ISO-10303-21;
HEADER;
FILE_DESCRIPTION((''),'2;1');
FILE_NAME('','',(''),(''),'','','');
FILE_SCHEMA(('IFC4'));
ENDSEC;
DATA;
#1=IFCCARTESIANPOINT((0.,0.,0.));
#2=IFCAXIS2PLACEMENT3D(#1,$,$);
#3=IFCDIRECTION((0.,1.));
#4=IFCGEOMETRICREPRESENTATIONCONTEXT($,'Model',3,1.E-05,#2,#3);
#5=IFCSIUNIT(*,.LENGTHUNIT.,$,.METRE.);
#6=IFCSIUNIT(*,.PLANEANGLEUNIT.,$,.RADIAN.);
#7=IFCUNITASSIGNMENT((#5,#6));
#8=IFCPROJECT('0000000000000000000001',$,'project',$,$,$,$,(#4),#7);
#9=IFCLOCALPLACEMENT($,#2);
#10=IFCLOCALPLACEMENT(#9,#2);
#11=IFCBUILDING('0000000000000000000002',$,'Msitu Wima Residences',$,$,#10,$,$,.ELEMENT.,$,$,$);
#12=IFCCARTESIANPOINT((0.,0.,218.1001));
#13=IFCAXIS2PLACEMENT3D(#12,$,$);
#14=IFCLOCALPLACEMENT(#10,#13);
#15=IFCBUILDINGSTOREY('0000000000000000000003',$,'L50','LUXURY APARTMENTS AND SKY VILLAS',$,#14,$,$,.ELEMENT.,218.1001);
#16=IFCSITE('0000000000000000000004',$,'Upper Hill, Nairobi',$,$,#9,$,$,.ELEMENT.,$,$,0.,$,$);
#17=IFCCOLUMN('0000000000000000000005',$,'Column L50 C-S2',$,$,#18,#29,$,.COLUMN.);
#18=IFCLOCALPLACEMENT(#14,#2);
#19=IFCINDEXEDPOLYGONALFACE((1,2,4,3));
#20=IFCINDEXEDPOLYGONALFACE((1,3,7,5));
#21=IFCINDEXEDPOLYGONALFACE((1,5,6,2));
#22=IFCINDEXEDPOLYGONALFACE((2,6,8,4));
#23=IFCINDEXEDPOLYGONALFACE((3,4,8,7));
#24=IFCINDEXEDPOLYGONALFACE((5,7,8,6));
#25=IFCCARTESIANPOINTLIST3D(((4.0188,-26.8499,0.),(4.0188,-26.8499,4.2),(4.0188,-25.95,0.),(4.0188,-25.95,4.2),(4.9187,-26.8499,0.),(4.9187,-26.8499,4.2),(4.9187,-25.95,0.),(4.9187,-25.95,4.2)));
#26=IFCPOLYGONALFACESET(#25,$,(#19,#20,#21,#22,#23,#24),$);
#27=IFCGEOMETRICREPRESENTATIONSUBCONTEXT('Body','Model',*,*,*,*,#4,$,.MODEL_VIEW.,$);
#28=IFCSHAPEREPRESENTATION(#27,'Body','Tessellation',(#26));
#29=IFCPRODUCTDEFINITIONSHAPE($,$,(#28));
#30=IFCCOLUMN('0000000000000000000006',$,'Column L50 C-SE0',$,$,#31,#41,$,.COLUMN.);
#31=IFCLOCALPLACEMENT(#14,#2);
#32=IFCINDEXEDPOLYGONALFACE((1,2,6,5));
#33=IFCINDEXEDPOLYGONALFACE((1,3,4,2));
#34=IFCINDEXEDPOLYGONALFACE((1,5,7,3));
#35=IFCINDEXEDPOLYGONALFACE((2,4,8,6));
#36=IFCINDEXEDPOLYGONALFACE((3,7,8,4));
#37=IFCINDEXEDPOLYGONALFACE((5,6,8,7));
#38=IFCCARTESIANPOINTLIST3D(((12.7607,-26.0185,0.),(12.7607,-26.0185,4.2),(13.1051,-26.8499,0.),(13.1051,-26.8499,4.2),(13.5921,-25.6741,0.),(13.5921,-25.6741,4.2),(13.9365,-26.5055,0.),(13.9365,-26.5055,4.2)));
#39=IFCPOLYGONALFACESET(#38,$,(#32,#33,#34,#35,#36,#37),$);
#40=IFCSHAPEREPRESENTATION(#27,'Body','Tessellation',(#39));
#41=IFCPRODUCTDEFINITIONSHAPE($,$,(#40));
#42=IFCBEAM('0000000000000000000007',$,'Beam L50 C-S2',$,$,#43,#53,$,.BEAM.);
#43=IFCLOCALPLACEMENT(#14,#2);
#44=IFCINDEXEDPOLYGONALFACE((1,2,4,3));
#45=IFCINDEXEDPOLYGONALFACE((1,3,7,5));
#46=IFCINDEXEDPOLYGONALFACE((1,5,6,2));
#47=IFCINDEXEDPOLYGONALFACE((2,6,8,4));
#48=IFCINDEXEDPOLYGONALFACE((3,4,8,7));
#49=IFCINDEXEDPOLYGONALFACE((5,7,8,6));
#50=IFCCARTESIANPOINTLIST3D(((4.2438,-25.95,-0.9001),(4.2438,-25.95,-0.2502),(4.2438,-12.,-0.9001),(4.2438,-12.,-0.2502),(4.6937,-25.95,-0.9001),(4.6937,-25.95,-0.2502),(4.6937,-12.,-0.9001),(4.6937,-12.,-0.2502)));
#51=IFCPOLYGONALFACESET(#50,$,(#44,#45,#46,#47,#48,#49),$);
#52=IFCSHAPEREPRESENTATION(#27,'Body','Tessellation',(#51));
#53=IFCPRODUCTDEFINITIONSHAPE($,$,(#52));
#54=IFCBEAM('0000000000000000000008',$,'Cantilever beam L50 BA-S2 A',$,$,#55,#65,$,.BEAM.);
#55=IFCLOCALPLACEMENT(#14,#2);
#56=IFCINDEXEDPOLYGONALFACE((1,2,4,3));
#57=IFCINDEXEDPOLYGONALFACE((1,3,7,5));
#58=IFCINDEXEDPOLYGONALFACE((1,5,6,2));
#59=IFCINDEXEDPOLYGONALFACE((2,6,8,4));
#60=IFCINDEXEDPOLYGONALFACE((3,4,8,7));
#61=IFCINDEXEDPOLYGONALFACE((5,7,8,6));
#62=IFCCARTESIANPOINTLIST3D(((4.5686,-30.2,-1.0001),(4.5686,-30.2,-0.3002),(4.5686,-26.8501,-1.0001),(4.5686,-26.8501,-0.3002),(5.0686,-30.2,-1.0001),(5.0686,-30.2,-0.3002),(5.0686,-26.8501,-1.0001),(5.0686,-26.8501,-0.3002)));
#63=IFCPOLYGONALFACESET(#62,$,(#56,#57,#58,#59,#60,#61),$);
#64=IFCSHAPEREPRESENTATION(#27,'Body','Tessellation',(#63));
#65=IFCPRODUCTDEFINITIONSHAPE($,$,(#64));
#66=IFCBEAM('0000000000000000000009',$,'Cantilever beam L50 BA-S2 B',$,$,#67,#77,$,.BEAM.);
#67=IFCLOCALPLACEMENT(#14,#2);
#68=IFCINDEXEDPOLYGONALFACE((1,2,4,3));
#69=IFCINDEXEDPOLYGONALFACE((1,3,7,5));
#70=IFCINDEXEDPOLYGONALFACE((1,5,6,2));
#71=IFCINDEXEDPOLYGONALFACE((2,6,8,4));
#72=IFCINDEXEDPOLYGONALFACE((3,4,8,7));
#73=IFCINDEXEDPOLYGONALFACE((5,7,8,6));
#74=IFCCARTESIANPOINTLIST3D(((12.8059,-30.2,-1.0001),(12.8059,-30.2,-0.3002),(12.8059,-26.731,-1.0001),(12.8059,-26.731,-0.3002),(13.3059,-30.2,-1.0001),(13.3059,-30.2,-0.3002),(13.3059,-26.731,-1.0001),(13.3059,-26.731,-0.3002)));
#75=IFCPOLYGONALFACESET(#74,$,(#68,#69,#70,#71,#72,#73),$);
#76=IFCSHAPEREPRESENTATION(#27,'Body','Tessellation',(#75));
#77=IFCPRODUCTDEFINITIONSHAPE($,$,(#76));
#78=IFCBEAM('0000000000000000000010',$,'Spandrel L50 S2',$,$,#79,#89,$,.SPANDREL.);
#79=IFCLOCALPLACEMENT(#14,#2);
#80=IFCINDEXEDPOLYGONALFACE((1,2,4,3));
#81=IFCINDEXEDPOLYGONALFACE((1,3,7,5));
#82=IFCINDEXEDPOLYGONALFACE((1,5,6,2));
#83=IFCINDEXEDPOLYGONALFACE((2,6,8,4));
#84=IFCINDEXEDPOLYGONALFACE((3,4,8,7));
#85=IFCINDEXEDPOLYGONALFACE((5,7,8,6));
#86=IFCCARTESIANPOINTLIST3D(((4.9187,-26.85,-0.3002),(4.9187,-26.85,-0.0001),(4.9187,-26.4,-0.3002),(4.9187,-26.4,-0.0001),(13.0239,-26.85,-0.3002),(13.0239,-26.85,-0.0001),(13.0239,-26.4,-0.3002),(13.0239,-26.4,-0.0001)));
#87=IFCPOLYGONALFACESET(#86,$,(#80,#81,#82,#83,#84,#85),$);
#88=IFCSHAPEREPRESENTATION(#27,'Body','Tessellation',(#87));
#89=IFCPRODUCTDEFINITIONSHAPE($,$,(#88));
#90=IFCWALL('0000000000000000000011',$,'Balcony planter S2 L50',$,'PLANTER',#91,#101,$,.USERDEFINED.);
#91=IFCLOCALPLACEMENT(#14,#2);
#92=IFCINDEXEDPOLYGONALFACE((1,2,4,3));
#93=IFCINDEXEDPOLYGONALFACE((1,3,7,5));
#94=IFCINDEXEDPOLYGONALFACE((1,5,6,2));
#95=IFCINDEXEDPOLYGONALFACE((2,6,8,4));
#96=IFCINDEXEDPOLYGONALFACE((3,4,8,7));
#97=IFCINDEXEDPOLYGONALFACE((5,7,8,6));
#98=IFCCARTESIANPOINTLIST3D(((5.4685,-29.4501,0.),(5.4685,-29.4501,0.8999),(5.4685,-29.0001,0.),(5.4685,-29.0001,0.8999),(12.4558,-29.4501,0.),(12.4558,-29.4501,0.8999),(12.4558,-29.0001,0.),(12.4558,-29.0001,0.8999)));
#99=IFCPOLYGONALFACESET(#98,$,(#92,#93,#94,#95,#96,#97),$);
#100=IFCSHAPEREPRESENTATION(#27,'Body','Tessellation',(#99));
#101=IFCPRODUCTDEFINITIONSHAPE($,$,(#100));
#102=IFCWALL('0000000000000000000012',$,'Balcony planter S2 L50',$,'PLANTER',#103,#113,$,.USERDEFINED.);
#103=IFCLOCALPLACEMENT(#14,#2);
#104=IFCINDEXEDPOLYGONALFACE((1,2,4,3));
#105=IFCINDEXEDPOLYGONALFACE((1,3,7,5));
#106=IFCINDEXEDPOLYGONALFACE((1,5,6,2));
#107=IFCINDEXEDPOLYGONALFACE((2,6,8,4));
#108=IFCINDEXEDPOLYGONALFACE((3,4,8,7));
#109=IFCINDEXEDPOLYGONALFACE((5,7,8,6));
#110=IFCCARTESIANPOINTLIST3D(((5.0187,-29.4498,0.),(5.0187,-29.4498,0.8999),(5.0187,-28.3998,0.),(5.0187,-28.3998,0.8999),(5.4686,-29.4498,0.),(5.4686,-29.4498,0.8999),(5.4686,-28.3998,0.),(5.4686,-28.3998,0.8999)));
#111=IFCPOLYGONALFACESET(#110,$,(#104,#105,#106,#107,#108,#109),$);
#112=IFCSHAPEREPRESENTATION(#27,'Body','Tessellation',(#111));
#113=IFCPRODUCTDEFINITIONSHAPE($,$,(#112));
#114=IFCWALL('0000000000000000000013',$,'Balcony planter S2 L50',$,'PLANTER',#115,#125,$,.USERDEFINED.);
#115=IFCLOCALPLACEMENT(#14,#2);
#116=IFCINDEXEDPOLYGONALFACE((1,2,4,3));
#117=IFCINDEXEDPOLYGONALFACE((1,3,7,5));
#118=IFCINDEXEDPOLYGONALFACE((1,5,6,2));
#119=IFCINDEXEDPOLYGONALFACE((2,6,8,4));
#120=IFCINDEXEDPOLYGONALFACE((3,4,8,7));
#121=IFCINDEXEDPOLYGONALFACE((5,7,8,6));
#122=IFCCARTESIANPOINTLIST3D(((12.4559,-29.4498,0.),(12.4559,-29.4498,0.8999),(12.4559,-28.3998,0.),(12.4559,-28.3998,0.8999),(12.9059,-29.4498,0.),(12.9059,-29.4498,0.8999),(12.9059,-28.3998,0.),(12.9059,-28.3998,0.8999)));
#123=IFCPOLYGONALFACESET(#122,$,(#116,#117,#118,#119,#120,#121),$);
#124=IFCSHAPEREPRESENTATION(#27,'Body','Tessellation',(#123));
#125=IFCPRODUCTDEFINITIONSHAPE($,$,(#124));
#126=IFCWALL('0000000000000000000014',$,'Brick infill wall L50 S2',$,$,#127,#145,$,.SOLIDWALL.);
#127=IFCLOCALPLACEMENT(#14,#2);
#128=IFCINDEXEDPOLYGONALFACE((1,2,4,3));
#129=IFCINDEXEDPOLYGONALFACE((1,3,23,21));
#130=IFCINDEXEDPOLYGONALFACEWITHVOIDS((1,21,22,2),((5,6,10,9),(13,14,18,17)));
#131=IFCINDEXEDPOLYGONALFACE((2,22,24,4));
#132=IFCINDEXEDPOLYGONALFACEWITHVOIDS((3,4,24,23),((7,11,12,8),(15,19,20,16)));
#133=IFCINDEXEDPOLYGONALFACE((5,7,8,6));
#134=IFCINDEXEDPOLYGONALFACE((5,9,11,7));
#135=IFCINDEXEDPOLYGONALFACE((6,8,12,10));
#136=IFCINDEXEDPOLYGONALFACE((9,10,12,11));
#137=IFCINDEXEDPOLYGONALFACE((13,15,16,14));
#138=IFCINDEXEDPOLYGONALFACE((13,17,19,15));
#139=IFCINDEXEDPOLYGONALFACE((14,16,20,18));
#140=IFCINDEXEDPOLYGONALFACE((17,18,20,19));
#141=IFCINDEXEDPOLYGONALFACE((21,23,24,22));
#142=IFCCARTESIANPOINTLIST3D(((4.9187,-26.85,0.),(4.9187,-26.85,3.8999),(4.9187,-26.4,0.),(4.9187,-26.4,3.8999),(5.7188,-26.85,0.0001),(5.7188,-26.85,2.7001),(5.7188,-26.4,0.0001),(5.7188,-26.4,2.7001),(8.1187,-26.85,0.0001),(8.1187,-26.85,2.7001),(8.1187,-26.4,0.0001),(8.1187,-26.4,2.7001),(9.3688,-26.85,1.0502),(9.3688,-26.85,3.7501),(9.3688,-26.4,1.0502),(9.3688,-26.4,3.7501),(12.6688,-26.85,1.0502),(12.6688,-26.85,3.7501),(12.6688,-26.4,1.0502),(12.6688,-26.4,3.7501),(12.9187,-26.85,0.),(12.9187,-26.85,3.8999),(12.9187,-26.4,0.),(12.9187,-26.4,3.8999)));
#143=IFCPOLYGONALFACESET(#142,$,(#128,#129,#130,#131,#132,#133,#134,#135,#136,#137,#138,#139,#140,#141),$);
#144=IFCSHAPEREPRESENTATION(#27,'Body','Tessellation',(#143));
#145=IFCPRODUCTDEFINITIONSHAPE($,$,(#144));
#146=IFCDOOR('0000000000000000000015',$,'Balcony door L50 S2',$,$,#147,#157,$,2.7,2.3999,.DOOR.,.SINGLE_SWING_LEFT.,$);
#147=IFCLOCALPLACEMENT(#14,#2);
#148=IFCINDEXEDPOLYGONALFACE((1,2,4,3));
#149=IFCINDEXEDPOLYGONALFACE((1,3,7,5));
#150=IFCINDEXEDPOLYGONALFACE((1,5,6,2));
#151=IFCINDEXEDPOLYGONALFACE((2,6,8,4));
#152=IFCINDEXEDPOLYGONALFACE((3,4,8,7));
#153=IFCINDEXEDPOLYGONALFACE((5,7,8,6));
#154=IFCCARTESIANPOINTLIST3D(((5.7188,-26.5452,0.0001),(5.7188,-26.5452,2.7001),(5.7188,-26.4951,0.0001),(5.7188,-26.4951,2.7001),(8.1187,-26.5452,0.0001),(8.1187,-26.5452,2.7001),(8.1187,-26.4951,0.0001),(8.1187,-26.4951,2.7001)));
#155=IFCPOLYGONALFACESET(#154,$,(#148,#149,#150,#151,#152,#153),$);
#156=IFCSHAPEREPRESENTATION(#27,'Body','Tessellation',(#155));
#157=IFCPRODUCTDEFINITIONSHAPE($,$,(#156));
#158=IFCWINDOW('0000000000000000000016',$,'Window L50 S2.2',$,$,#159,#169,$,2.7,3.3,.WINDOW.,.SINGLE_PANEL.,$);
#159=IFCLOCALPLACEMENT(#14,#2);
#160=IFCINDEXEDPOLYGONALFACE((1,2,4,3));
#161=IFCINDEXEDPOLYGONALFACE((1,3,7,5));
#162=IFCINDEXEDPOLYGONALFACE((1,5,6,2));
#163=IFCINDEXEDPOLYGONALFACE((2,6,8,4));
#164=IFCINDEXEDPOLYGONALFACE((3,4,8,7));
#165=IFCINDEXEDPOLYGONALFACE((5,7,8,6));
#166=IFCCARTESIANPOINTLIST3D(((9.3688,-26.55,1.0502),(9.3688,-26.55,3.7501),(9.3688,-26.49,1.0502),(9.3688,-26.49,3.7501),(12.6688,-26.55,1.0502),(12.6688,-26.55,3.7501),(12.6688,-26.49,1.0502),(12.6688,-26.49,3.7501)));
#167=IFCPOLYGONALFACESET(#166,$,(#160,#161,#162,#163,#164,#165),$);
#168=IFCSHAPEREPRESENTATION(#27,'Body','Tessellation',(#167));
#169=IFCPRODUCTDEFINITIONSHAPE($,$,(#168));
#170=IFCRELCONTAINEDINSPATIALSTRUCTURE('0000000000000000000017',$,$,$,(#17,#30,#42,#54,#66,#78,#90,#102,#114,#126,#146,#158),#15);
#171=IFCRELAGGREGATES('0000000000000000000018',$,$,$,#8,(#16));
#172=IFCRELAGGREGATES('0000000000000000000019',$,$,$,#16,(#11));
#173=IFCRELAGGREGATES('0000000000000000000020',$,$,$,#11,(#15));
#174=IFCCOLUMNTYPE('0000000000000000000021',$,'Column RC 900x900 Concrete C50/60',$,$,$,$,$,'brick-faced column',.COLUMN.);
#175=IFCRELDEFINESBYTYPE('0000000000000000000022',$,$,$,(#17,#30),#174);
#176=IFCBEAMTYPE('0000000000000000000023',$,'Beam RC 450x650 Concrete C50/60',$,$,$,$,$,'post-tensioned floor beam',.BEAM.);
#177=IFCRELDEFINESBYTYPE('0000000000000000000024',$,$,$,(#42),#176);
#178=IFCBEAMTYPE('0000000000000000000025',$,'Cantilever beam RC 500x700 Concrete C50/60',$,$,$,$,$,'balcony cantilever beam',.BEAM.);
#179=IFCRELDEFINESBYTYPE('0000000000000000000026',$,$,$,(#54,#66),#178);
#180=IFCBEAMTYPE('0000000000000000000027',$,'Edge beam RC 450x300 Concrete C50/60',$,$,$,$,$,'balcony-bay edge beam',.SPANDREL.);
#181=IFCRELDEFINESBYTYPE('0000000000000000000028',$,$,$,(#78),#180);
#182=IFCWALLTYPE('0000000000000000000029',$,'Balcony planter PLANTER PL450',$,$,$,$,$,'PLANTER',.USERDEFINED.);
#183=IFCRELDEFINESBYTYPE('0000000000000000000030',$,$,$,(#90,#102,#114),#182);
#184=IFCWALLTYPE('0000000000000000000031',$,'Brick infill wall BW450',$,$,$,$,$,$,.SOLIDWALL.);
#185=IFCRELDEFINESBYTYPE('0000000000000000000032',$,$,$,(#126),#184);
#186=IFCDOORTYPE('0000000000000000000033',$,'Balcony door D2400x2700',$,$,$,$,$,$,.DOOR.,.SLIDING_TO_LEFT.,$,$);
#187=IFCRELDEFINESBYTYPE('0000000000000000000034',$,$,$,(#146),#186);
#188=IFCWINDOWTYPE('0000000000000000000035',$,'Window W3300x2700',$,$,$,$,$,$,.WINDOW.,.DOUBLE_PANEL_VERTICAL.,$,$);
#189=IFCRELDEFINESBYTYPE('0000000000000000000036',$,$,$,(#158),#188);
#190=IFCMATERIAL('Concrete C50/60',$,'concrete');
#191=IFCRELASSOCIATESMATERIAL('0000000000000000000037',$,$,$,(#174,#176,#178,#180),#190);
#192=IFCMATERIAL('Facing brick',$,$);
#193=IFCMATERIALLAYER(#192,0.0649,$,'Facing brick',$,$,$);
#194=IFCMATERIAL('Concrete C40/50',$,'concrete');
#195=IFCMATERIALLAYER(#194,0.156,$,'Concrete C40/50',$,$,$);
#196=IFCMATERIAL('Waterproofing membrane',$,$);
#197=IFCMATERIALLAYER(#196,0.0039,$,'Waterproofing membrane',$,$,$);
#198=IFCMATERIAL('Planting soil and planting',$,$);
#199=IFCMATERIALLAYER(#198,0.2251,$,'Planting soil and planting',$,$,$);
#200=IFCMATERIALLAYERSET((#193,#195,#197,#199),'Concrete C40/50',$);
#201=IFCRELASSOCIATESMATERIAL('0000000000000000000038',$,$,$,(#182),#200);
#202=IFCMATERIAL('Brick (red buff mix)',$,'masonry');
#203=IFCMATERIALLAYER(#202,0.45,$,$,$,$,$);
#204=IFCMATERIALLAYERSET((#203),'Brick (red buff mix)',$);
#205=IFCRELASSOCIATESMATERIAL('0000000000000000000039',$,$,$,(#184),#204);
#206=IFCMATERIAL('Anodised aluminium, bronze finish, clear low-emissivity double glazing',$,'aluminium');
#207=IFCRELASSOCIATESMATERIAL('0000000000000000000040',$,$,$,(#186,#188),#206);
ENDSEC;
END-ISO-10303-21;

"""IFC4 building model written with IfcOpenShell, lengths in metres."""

from ifc_helpers import new_model, si_unit, direction, frame, frame_2d, origin, origin_2d, place, context, subcontext, project, spatial, rectangle, extrude, material, layer, layer_set, material_profile, profile_set, type_object, element, fill, save


model = new_model("IFC4")

# Units and contexts
model_context = context("Model", 3, precision=1e-05, world=origin(), true_north=direction((0.0, 1.0)))
body_context = subcontext(model_context, "Body", "Model", "MODEL_VIEW")
ifc_project = project(units=[si_unit("LENGTHUNIT", "METRE"), si_unit("PLANEANGLEUNIT", "RADIAN")], contexts=[model_context])

# Site, building, storey
site_placement = place(None, origin())
site = spatial("IfcSite", under=ifc_project, at=site_placement, Name="Upper Hill, Nairobi", CompositionType="ELEMENT", RefElevation=0.0)
building_placement = place(site_placement, origin())
building = spatial("IfcBuilding", under=site, at=building_placement, Name="Msitu Wima Residences", CompositionType="ELEMENT")
storey_placement = place(building_placement, frame((0.0, 0.0, 218.1001)))
storey = spatial("IfcBuildingStorey", under=building, at=storey_placement, Name="L50", Description="LUXURY APARTMENTS AND SKY VILLAS", CompositionType="ELEMENT", Elevation=218.1001)

# Columns
ifc_material_1 = material(Name="Concrete C50/60", Category="concrete")
ifc_material_profile_1 = material_profile(ifc_material_1, rectangle(XDim=0.8999, YDim=0.8999, at=origin_2d()), Name="RC 900x900")
ifc_profile_set_1 = profile_set([ifc_material_profile_1], Name="Concrete C50/60")
column_type = type_object("IfcColumnType", Name="Column RC 900x900 Concrete C50/60", ElementType="brick-faced column", PredefinedType="COLUMN", material=ifc_profile_set_1)
for number, where, z_axis, x_axis, name in (
    (1, (4.4688, -26.3999, 0.0), (0.0, 0.0, 1.0), (1.0, 0.0, 0.0), "Column L50 C-S2"),
    (2, (13.3486, -26.262, 0.0), (0.0, 0.0, 1.0), (0.92388, 0.382683, 0.0), "Column L50 C-SE0"),
):
    element("IfcColumn", number, at=place(storey_placement, frame(where, z_axis=z_axis, x_axis=x_axis)), inside=storey, type_object=column_type, Name=name, PredefinedType="COLUMN", context=body_context, shape_type="SweptSolid", body=[
        extrude(rectangle(XDim=0.8999, YDim=0.8999, at=origin_2d()), origin(), (0.0, 0.0, 1.0), 4.2),
    ])

# Beams
ifc_material_profile_2 = material_profile(ifc_material_1, rectangle(XDim=0.45, YDim=0.6499, at=origin_2d()), Name="RC 450x650")
ifc_profile_set_2 = profile_set([ifc_material_profile_2], Name="Concrete C50/60")
beam_type_1 = type_object("IfcBeamType", Name="Beam RC 450x650 Concrete C50/60", ElementType="post-tensioned floor beam", PredefinedType="BEAM", material=ifc_profile_set_2)
beam_1_placement = place(storey_placement, frame((4.4688, -25.95, -0.5752), z_axis=(0.0, 1.0, 0.0), x_axis=(-1.0, 0.0, 0.0)))
element("IfcBeam", 3, at=beam_1_placement, inside=storey, type_object=beam_type_1, Name="Beam L50 C-S2", PredefinedType="BEAM", context=body_context, shape_type="SweptSolid", body=[
    extrude(rectangle(XDim=0.45, YDim=0.6499, at=origin_2d()), origin(), (0.0, 0.0, 1.0), 13.95),
])
ifc_material_profile_3 = material_profile(ifc_material_1, rectangle(XDim=0.5, YDim=0.7, at=origin_2d()), Name="RC 500x700")
ifc_profile_set_3 = profile_set([ifc_material_profile_3], Name="Concrete C50/60")
beam_type_2 = type_object("IfcBeamType", Name="Cantilever beam RC 500x700 Concrete C50/60", ElementType="balcony cantilever beam", PredefinedType="BEAM", material=ifc_profile_set_3)
beam_2_placement = place(storey_placement, frame((4.8186, -26.8501, -0.6501), z_axis=(0.0, -1.0, 0.0), x_axis=(1.0, 0.0, 0.0)))
element("IfcBeam", 4, at=beam_2_placement, inside=storey, type_object=beam_type_2, Name="Cantilever beam L50 BA-S2 A", PredefinedType="BEAM", context=body_context, shape_type="SweptSolid", body=[
    extrude(rectangle(XDim=0.5, YDim=0.7, at=origin_2d()), origin(), (0.0, 0.0, 1.0), 3.3499),
])
beam_3_placement = place(storey_placement, frame((13.0559, -26.731, -0.6501), z_axis=(0.0, -1.0, 0.0), x_axis=(1.0, 0.0, 0.0)))
element("IfcBeam", 5, at=beam_3_placement, inside=storey, type_object=beam_type_2, Name="Cantilever beam L50 BA-S2 B", PredefinedType="BEAM", context=body_context, shape_type="SweptSolid", body=[
    extrude(rectangle(XDim=0.5, YDim=0.7, at=origin_2d()), origin(), (0.0, 0.0, 1.0), 3.469),
])
ifc_material_profile_4 = material_profile(ifc_material_1, rectangle(XDim=0.45, YDim=0.3, at=origin_2d()), Name="RC 450x300")
ifc_profile_set_4 = profile_set([ifc_material_profile_4], Name="Concrete C50/60")
beam_type_3 = type_object("IfcBeamType", Name="Edge beam RC 450x300 Concrete C50/60", ElementType="balcony-bay edge beam", PredefinedType="SPANDREL", material=ifc_profile_set_4)
beam_4_placement = place(storey_placement, frame((4.9187, -26.625, -0.1501), z_axis=(1.0, 0.0, 0.0), x_axis=(0.0, 1.0, 0.0)))
element("IfcBeam", 6, at=beam_4_placement, inside=storey, type_object=beam_type_3, Name="Spandrel L50 S2", PredefinedType="SPANDREL", context=body_context, shape_type="SweptSolid", body=[
    extrude(rectangle(XDim=0.45, YDim=0.3, at=origin_2d()), origin(), (0.0, 0.0, 1.0), 8.1052),
])

# Walls
ifc_material_2 = material(Name="Facing brick")
ifc_layer_1 = layer(ifc_material_2, 0.0649, Name="Facing brick")
ifc_material_3 = material(Name="Concrete C40/50", Category="concrete")
ifc_layer_2 = layer(ifc_material_3, 0.156, Name="Concrete C40/50")
ifc_material_4 = material(Name="Waterproofing membrane")
ifc_layer_3 = layer(ifc_material_4, 0.0039, Name="Waterproofing membrane")
ifc_material_5 = material(Name="Planting soil and planting")
ifc_layer_4 = layer(ifc_material_5, 0.2251, Name="Planting soil and planting")
ifc_layer_set_1 = layer_set([ifc_layer_1, ifc_layer_2, ifc_layer_3, ifc_layer_4], Name="Concrete C40/50")
wall_type_1 = type_object("IfcWallType", Name="Balcony planter PLANTER PL450", ElementType="PLANTER", PredefinedType="USERDEFINED", material=ifc_layer_set_1)
wall_1_placement = place(storey_placement, frame((5.4685, -29.2251, 0.0), z_axis=(0.0, 0.0, 1.0), x_axis=(1.0, 0.0, 0.0)))
element("IfcWall", 7, at=wall_1_placement, inside=storey, type_object=wall_type_1, Name="Balcony planter S2 L50", ObjectType="PLANTER", PredefinedType="USERDEFINED", context=body_context, shape_type="SweptSolid", body=[
    extrude(rectangle(XDim=6.9873, YDim=0.45, at=frame_2d((3.4937, 0.0))), origin(), (0.0, 0.0, 1.0), 0.8999),
])
for number, where, z_axis, x_axis, name in (
    (8, (5.2437, -28.3999, 0.0), (0.0, 0.0, 1.0), (0.0, -1.0, 0.0), "Balcony planter S2 L50"),
    (9, (12.6809, -28.3999, 0.0), (0.0, 0.0, 1.0), (0.0, -1.0, 0.0), "Balcony planter S2 L50"),
):
    element("IfcWall", number, at=place(storey_placement, frame(where, z_axis=z_axis, x_axis=x_axis)), inside=storey, type_object=wall_type_1, Name=name, ObjectType="PLANTER", PredefinedType="USERDEFINED", context=body_context, shape_type="SweptSolid", body=[
        extrude(rectangle(XDim=1.05, YDim=0.45, at=frame_2d((0.5249, 0.0))), origin(), (0.0, 0.0, 1.0), 0.8999),
    ])

# Wall, openings, door, window
ifc_material_6 = material(Name="Brick (red buff mix)", Category="masonry")
ifc_layer_5 = layer(ifc_material_6, 0.45)
ifc_layer_set_2 = layer_set([ifc_layer_5], Name="Brick (red buff mix)")
wall_type_2 = type_object("IfcWallType", Name="Brick infill wall BW450", PredefinedType="SOLIDWALL", material=ifc_layer_set_2)
wall_2_placement = place(storey_placement, frame((4.9187, -26.625, 0.0), z_axis=(0.0, 0.0, 1.0), x_axis=(1.0, 0.0, 0.0)))
wall_2 = element("IfcWall", 10, at=wall_2_placement, inside=storey, type_object=wall_type_2, Name="Brick infill wall L50 S2", PredefinedType="SOLIDWALL", context=body_context, shape_type="SweptSolid", body=[
    extrude(rectangle(XDim=8.0, YDim=0.45, at=frame_2d((4.0, 0.0))), origin(), (0.0, 0.0, 1.0), 3.8999),
])
opening_1_placement = place(wall_2_placement, frame((0.8, 0.0, 0.0)))
opening_1 = element("IfcOpeningElement", 11, at=opening_1_placement, cuts=wall_2, PredefinedType="OPENING", context=body_context, shape_type="SweptSolid", body=[
    extrude(rectangle(XDim=2.3999, YDim=2.7, at=frame_2d((1.2, 1.3501))), frame((0.0, 0.2349, 0.0), z_axis=(0.0, -1.0, 0.0), x_axis=(1.0, 0.0, 0.0)), (0.0, 0.0, 1.0), 0.47),
])
opening_2_placement = place(wall_2_placement, frame((4.4502, 0.0, 1.05)))
opening_2 = element("IfcOpeningElement", 12, at=opening_2_placement, cuts=wall_2, PredefinedType="OPENING", context=body_context, shape_type="SweptSolid", body=[
    extrude(rectangle(XDim=3.3, YDim=2.7, at=frame_2d((1.6499, 1.3501))), frame((0.0, 0.2349, 0.0), z_axis=(0.0, -1.0, 0.0), x_axis=(1.0, 0.0, 0.0)), (0.0, 0.0, 1.0), 0.47),
])
ifc_material_7 = material(Name="Anodised aluminium, bronze finish, clear low-emissivity double glazing", Category="aluminium")
door_type_1 = type_object("IfcDoorType", Name="Balcony door D2400x2700", OperationType="SLIDING_TO_LEFT", PredefinedType="DOOR", material=ifc_material_7)
door_1_placement = place(opening_1_placement, origin())
door_1 = element("IfcDoor", 13, at=door_1_placement, inside=storey, type_object=door_type_1, Name="Balcony door L50 S2", OperationType="SINGLE_SWING_LEFT", OverallHeight=2.7, OverallWidth=2.3999, PredefinedType="DOOR", context=body_context, shape_type="SweptSolid", body=[
    extrude(rectangle(XDim=2.3999, YDim=2.7, at=frame_2d((1.2, 1.3501))), frame((0.0, 0.1299, 0.0), z_axis=(0.0, -1.0, 0.0), x_axis=(1.0, 0.0, 0.0)), (0.0, 0.0, 1.0), 0.05),
])
fill(opening_1, door_1)
window_type = type_object("IfcWindowType", Name="Window W3300x2700", PartitioningType="DOUBLE_PANEL_VERTICAL", PredefinedType="WINDOW", material=ifc_material_7)
window_placement = place(opening_2_placement, origin())
window = element("IfcWindow", 14, at=window_placement, inside=storey, type_object=window_type, Name="Window L50 S2.2", OverallHeight=2.7, OverallWidth=3.3, PartitioningType="SINGLE_PANEL", PredefinedType="WINDOW", context=body_context, shape_type="SweptSolid", body=[
    extrude(rectangle(XDim=3.3, YDim=2.7, at=frame_2d((1.6499, 1.3501))), frame((0.0, 0.135, 0.0), z_axis=(0.0, -1.0, 0.0), x_axis=(1.0, 0.0, 0.0)), (0.0, 0.0, 1.0), 0.0601),
])
fill(opening_2, window)

save(model, "model.ifc")
